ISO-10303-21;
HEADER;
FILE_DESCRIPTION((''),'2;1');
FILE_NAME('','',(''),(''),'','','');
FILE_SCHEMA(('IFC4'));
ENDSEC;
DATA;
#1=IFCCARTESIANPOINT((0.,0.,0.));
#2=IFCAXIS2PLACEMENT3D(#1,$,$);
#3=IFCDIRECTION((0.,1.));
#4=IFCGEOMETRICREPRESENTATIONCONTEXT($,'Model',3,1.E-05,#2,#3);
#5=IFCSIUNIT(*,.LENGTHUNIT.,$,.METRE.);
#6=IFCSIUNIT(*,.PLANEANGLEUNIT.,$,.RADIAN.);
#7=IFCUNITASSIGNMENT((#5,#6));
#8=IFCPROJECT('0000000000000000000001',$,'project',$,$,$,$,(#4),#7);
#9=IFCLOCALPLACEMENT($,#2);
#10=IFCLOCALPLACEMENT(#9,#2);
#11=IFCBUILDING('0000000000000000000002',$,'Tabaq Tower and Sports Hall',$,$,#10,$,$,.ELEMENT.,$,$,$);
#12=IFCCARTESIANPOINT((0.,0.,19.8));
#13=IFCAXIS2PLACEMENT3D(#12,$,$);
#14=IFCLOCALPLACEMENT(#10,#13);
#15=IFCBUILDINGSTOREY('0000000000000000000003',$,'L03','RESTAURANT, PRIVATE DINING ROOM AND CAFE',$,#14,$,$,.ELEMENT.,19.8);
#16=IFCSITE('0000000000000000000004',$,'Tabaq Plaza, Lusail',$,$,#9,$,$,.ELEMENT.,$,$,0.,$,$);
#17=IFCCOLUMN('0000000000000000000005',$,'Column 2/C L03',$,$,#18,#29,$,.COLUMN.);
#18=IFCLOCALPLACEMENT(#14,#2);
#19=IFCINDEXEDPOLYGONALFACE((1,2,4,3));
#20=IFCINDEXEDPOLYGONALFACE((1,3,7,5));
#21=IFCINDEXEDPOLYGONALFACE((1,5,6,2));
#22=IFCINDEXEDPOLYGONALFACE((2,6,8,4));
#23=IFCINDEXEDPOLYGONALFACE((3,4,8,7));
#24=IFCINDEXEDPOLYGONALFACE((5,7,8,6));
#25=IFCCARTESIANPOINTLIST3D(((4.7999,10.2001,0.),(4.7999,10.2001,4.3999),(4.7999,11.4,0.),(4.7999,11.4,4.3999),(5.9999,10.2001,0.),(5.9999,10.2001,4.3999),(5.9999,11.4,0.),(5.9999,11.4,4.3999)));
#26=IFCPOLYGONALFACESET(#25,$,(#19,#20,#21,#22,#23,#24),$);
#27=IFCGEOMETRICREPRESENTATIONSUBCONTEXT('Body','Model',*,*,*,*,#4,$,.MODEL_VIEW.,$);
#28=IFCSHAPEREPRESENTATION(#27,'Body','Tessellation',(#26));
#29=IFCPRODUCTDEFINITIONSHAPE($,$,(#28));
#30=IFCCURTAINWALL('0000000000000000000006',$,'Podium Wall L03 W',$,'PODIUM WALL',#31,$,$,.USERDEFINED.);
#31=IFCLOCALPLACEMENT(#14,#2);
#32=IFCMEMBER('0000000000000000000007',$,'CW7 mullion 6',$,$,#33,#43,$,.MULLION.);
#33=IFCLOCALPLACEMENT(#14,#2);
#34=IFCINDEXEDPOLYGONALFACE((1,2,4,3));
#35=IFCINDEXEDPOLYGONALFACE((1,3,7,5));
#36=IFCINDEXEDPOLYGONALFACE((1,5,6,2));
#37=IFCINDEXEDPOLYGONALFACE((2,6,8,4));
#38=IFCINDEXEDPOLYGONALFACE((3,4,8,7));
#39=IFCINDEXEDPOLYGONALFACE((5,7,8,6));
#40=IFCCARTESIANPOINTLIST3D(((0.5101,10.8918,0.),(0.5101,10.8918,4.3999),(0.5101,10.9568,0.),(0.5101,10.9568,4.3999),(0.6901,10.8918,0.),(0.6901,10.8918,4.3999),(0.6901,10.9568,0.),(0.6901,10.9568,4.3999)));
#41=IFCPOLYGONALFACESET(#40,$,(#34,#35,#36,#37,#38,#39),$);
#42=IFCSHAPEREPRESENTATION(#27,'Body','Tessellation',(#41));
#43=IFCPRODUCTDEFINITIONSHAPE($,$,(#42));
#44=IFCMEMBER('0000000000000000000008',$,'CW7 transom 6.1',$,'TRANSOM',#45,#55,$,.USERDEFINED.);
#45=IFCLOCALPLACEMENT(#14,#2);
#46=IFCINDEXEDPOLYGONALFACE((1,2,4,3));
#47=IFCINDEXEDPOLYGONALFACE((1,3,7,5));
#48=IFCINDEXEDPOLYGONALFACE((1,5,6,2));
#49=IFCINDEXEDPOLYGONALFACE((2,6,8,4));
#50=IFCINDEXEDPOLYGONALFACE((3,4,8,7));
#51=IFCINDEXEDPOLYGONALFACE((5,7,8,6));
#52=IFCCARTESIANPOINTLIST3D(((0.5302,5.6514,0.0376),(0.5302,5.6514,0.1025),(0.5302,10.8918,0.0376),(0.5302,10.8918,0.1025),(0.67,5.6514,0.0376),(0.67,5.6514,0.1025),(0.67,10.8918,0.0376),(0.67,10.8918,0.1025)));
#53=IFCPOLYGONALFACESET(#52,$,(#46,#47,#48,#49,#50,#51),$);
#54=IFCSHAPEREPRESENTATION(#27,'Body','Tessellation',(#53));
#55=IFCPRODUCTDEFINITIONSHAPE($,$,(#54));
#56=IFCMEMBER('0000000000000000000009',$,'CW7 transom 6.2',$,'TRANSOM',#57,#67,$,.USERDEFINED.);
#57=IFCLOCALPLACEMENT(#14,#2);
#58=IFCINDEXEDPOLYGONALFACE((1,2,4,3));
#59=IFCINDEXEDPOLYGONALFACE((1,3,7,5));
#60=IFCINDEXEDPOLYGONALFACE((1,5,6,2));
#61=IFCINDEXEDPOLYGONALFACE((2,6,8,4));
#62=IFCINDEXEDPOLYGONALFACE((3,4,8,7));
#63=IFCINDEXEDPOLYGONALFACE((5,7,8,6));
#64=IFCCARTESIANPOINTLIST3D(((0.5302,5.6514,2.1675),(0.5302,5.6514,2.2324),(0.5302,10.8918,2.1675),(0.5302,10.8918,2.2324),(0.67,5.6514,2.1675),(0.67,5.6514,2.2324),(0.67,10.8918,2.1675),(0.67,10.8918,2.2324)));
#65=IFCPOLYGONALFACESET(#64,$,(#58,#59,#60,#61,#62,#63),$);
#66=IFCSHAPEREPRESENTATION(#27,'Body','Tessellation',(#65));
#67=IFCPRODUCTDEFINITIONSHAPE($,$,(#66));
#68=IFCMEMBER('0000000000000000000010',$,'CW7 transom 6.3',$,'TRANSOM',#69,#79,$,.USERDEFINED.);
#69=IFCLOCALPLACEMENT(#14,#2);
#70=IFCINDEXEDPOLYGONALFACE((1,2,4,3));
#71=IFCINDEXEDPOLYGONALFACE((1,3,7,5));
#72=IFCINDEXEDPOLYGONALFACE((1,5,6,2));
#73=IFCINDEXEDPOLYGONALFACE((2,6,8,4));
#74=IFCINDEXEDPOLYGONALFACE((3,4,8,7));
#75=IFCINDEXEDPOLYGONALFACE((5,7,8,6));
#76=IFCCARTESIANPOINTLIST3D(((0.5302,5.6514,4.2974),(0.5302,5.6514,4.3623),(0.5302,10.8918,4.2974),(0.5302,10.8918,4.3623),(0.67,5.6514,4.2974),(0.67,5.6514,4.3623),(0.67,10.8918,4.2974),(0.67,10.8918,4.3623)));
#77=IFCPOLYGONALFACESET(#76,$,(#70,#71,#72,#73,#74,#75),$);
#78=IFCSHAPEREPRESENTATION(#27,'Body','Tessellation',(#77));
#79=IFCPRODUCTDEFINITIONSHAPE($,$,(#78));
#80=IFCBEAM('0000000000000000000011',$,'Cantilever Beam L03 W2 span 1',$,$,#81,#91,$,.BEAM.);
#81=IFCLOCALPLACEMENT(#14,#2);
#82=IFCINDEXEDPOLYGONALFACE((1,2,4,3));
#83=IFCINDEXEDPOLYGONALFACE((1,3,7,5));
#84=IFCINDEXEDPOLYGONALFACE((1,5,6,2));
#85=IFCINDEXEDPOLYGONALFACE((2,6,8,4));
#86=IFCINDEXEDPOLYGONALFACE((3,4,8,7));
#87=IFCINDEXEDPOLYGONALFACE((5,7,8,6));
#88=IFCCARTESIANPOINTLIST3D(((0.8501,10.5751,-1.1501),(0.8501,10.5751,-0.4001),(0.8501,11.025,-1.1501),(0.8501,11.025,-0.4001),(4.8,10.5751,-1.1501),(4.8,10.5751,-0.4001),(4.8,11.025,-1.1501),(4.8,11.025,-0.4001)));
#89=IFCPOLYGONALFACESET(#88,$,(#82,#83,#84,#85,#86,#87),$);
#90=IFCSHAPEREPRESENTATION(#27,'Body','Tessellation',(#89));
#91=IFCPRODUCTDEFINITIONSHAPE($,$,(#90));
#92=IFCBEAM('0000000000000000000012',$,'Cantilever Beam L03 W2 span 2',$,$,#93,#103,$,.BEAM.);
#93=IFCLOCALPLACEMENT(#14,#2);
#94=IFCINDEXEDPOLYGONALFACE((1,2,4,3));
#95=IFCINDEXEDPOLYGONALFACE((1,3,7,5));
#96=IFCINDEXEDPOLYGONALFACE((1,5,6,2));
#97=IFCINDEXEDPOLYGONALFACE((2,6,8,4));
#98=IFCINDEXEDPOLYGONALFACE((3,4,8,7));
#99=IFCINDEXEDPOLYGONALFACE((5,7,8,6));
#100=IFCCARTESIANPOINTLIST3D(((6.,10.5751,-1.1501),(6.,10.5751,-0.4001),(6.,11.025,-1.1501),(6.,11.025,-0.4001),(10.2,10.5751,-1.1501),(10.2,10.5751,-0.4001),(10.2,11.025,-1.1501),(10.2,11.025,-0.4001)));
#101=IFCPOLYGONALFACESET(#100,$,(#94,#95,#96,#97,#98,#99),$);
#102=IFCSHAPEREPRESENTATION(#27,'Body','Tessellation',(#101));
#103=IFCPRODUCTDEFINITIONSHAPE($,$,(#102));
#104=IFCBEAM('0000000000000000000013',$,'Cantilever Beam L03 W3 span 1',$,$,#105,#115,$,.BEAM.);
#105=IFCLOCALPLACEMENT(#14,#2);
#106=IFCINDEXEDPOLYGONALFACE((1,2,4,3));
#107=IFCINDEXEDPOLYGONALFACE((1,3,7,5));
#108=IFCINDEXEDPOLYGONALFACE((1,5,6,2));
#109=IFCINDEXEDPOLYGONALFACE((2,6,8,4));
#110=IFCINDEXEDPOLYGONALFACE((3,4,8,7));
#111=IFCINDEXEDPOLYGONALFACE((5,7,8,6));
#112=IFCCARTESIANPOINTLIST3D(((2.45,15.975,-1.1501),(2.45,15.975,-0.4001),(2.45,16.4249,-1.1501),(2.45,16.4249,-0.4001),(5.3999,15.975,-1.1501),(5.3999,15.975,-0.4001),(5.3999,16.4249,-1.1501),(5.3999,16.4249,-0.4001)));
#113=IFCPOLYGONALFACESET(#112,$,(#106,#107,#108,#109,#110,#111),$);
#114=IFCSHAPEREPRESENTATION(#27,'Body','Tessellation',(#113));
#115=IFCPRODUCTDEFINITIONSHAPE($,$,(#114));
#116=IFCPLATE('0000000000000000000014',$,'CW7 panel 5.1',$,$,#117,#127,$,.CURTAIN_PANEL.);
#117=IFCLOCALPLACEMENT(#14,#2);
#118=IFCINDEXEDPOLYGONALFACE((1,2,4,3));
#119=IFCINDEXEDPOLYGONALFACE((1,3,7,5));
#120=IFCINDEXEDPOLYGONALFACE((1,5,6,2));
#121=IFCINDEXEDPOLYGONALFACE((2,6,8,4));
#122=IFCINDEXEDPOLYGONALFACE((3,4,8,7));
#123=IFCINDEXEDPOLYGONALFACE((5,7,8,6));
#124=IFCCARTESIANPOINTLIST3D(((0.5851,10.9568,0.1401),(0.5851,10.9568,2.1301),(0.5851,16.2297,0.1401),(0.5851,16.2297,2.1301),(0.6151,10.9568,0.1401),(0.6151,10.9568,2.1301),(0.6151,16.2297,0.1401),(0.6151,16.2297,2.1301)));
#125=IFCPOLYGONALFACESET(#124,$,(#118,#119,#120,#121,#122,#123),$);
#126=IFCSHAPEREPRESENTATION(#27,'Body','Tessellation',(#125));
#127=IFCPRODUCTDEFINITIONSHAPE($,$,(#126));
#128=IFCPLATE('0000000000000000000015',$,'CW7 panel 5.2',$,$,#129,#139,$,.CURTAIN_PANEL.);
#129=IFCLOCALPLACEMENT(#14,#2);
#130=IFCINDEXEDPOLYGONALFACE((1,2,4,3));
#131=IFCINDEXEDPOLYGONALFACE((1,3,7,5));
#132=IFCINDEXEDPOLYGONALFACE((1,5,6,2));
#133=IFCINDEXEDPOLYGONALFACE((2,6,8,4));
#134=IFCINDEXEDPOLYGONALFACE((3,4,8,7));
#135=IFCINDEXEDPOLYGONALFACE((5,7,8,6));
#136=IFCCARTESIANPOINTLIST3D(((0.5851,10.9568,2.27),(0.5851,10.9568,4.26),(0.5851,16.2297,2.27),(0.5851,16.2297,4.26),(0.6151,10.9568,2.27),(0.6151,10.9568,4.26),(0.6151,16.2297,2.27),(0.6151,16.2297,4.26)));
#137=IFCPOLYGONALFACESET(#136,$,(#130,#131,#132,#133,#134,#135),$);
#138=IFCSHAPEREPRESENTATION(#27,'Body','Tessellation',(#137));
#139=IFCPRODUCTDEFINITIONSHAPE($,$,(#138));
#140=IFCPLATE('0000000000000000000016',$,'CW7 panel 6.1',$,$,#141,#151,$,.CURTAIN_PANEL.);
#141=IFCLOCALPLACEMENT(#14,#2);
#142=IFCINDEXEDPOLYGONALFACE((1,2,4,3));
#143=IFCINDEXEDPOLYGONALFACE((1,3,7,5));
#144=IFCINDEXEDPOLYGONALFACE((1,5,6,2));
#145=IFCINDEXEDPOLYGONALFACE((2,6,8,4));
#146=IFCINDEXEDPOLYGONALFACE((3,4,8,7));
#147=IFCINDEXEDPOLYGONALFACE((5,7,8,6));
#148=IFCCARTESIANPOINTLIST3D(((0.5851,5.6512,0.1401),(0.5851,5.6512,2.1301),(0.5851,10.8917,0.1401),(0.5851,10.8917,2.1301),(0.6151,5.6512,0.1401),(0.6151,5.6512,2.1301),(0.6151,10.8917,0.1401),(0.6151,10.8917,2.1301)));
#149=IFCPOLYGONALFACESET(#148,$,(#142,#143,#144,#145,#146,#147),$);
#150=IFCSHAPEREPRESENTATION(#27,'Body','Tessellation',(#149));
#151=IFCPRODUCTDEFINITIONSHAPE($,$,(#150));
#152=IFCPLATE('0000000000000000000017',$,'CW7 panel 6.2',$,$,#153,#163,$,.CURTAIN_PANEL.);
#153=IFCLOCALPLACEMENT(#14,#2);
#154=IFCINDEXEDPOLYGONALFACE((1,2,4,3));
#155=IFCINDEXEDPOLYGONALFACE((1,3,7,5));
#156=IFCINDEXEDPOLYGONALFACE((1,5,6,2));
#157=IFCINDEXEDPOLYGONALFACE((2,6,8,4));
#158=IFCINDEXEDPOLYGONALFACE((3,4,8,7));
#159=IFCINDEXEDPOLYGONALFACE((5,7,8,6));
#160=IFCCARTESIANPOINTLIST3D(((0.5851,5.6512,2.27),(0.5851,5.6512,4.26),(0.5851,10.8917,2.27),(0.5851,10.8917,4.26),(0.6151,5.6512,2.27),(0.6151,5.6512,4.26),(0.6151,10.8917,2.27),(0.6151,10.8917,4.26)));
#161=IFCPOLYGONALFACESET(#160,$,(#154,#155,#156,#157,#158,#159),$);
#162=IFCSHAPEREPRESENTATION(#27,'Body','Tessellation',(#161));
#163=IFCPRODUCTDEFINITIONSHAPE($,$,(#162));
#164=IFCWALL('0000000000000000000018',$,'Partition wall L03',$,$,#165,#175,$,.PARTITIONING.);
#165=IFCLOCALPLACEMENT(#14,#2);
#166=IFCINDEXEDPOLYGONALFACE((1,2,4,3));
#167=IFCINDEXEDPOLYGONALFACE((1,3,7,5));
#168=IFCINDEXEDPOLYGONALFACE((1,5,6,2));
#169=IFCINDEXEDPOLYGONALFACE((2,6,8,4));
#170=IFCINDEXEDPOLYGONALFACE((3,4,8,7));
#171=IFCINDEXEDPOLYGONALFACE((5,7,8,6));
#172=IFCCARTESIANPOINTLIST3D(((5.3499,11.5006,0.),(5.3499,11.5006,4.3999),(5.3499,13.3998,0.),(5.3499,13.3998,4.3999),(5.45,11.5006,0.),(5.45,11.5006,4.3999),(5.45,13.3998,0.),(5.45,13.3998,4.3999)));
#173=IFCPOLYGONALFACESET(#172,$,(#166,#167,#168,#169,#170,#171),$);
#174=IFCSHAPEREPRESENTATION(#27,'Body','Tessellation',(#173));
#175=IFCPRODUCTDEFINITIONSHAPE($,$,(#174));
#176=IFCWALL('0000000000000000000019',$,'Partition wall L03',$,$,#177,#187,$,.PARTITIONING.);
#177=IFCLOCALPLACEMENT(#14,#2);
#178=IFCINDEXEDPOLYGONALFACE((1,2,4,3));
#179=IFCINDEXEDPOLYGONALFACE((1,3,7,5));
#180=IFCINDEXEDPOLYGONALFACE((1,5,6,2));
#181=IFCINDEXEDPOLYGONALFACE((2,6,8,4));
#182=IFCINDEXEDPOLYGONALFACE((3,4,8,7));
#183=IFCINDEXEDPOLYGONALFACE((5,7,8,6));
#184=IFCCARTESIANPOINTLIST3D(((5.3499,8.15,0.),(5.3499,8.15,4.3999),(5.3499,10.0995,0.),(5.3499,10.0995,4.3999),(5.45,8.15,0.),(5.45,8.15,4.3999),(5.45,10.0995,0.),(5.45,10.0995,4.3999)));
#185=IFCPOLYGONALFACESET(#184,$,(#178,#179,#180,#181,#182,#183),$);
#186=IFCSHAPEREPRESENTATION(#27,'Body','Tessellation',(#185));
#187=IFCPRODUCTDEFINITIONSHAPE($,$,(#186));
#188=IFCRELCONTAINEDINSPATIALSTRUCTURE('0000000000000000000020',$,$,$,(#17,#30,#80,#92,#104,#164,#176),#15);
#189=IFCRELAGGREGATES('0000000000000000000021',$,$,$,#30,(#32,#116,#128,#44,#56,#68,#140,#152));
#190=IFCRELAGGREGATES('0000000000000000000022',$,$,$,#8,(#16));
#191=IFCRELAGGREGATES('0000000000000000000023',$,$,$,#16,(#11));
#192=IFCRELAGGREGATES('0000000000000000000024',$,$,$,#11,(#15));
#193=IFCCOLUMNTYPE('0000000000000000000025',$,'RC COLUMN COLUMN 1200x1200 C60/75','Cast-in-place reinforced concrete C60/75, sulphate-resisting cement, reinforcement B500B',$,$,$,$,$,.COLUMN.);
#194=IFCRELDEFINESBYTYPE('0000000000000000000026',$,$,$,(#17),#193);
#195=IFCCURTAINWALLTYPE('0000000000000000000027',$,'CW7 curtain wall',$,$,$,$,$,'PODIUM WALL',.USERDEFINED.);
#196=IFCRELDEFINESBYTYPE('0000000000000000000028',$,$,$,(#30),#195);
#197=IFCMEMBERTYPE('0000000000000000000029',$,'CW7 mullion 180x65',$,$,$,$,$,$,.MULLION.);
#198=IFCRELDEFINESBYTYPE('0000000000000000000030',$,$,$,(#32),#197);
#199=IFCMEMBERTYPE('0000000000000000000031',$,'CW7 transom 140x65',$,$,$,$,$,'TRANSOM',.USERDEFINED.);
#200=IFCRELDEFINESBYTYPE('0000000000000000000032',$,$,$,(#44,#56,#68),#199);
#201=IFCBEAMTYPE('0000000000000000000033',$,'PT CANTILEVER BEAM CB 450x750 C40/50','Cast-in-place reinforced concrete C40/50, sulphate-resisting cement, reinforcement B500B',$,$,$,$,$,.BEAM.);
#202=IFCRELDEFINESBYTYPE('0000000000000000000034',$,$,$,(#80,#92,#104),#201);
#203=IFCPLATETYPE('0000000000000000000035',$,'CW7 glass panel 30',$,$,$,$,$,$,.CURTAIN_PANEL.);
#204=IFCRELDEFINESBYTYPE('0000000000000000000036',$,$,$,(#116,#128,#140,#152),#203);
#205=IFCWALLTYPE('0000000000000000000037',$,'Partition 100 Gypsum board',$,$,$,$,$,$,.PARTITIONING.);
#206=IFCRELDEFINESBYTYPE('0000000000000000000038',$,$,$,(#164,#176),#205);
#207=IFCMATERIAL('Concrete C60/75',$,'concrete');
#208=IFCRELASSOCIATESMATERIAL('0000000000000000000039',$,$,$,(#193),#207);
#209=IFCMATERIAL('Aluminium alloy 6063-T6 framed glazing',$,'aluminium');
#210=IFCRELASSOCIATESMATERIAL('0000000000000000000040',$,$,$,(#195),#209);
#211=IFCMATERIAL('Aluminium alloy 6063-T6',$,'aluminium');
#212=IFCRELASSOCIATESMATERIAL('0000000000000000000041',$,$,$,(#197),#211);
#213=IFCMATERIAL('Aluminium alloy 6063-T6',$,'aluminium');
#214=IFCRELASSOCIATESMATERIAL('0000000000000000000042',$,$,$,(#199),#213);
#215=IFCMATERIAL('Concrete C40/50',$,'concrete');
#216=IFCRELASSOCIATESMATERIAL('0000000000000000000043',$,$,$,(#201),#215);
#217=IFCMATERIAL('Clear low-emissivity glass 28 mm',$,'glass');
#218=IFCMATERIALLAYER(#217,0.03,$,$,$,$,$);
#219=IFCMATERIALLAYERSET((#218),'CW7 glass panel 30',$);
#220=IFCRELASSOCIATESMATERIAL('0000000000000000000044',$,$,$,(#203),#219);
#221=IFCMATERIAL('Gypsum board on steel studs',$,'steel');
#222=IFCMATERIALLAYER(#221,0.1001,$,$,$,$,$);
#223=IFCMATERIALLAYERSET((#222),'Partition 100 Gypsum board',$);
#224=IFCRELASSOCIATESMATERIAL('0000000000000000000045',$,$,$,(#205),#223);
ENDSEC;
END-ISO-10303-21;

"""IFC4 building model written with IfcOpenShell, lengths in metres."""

from ifc_helpers import new_model, si_unit, direction, frame, frame_2d, origin, origin_2d, place, context, subcontext, project, spatial, rectangle, extrude, material, layer, layer_set, material_profile, profile_set, type_object, element, aggregate, save


model = new_model("IFC4")

# Units and contexts
model_context = context("Model", 3, precision=1e-05, world=origin(), true_north=direction((0.0, 1.0)))
body_context = subcontext(model_context, "Body", "Model", "MODEL_VIEW")
ifc_project = project(units=[si_unit("LENGTHUNIT", "METRE"), si_unit("PLANEANGLEUNIT", "RADIAN")], contexts=[model_context])

# Site, building, storey
site_placement = place(None, origin())
site = spatial("IfcSite", under=ifc_project, at=site_placement, Name="Tabaq Plaza, Lusail", CompositionType="ELEMENT", RefElevation=0.0)
building_placement = place(site_placement, origin())
building = spatial("IfcBuilding", under=site, at=building_placement, Name="Tabaq Tower and Sports Hall", CompositionType="ELEMENT")
storey_placement = place(building_placement, frame((0.0, 0.0, 19.8)))
storey = spatial("IfcBuildingStorey", under=building, at=storey_placement, Name="L03", Description="RESTAURANT, PRIVATE DINING ROOM AND CAFE", CompositionType="ELEMENT", Elevation=19.8)

# Column
ifc_material_1 = material(Name="Concrete C60/75", Category="concrete")
ifc_material_profile_1 = material_profile(ifc_material_1, rectangle(XDim=1.2, YDim=1.2, at=origin_2d()), Name="COLUMN 1200x1200")
ifc_profile_set_1 = profile_set([ifc_material_profile_1], Name="Concrete C60/75")
column_type = type_object("IfcColumnType", Name="RC COLUMN COLUMN 1200x1200 C60/75", Description="Cast-in-place reinforced concrete C60/75, sulphate-resisting cement, reinforcement B500B", PredefinedType="COLUMN", material=ifc_profile_set_1)
column_placement = place(storey_placement, frame((5.3999, 10.8, 0.0), z_axis=(0.0, 0.0, 1.0), x_axis=(1.0, 0.0, 0.0)))
element("IfcColumn", 1, at=column_placement, inside=storey, type_object=column_type, Name="Column 2/C L03", PredefinedType="COLUMN", context=body_context, shape_type="SweptSolid", body=[
    extrude(rectangle(XDim=1.2, YDim=1.2, at=origin_2d()), origin(), (0.0, 0.0, 1.0), 4.3999),
])

# Curtain wall, members
ifc_material_2 = material(Name="Aluminium alloy 6063-T6 framed glazing", Category="aluminium")
curtain_wall_type = type_object("IfcCurtainWallType", Name="CW7 curtain wall", ElementType="PODIUM WALL", PredefinedType="USERDEFINED", material=ifc_material_2)
curtain_wall_placement = place(storey_placement, origin())
curtain_wall = element("IfcCurtainWall", 2, at=curtain_wall_placement, inside=storey, type_object=curtain_wall_type, Name="Podium Wall L03 W", ObjectType="PODIUM WALL", PredefinedType="USERDEFINED")
ifc_material_3 = material(Name="Aluminium alloy 6063-T6", Category="aluminium")
ifc_material_profile_2 = material_profile(ifc_material_3, rectangle(XDim=0.1799, YDim=0.0649, at=origin_2d()), Name="MULLION 180x65")
ifc_profile_set_2 = profile_set([ifc_material_profile_2], Name="Aluminium alloy 6063-T6")
member_type_1 = type_object("IfcMemberType", Name="CW7 mullion 180x65", PredefinedType="MULLION", material=ifc_profile_set_2)
member_1_placement = place(storey_placement, frame((0.6001, 10.9243, 0.0), z_axis=(0.0, 0.0, 1.0), x_axis=(1.0, 0.0, 0.0)))
member_1 = element("IfcMember", 3, at=member_1_placement, type_object=member_type_1, Name="CW7 mullion 6", PredefinedType="MULLION", context=body_context, shape_type="SweptSolid", body=[
    extrude(rectangle(XDim=0.1799, YDim=0.0649, at=origin_2d()), origin(), (0.0, 0.0, 1.0), 4.3999),
])
ifc_material_4 = material(Name="Aluminium alloy 6063-T6", Category="aluminium")
ifc_material_profile_3 = material_profile(ifc_material_4, rectangle(XDim=0.1399, YDim=0.0649, at=origin_2d()), Name="TRANSOM 140x65")
ifc_profile_set_3 = profile_set([ifc_material_profile_3], Name="Aluminium alloy 6063-T6")
member_type_2 = type_object("IfcMemberType", Name="CW7 transom 140x65", ElementType="TRANSOM", PredefinedType="USERDEFINED", material=ifc_profile_set_3)
member_2_placement = place(storey_placement, frame((0.6001, 10.8918, 0.0701), z_axis=(0.0, -1.0, 0.0), x_axis=(1.0, 0.0, 0.0)))
member_2 = element("IfcMember", 4, at=member_2_placement, type_object=member_type_2, Name="CW7 transom 6.1", ObjectType="TRANSOM", PredefinedType="USERDEFINED", context=body_context, shape_type="SweptSolid", body=[
    extrude(rectangle(XDim=0.1399, YDim=0.0649, at=origin_2d()), origin(), (0.0, 0.0, 1.0), 5.2405),
])
member_3_placement = place(storey_placement, frame((0.6001, 10.8918, 2.2), z_axis=(0.0, -1.0, 0.0), x_axis=(1.0, 0.0, 0.0)))
member_3 = element("IfcMember", 5, at=member_3_placement, type_object=member_type_2, Name="CW7 transom 6.2", ObjectType="TRANSOM", PredefinedType="USERDEFINED", context=body_context, shape_type="SweptSolid", body=[
    extrude(rectangle(XDim=0.1399, YDim=0.0649, at=origin_2d()), origin(), (0.0, 0.0, 1.0), 5.2405),
])
member_4_placement = place(storey_placement, frame((0.6001, 10.8918, 4.3298), z_axis=(0.0, -1.0, 0.0), x_axis=(1.0, 0.0, 0.0)))
member_4 = element("IfcMember", 6, at=member_4_placement, type_object=member_type_2, Name="CW7 transom 6.3", ObjectType="TRANSOM", PredefinedType="USERDEFINED", context=body_context, shape_type="SweptSolid", body=[
    extrude(rectangle(XDim=0.1399, YDim=0.0649, at=origin_2d()), origin(), (0.0, 0.0, 1.0), 5.2405),
])

# Beams
ifc_material_5 = material(Name="Concrete C40/50", Category="concrete")
ifc_material_profile_4 = material_profile(ifc_material_5, rectangle(XDim=0.45, YDim=0.75, at=origin_2d()), Name="CB 450x750")
ifc_profile_set_4 = profile_set([ifc_material_profile_4], Name="Concrete C40/50")
beam_type = type_object("IfcBeamType", Name="PT CANTILEVER BEAM CB 450x750 C40/50", Description="Cast-in-place reinforced concrete C40/50, sulphate-resisting cement, reinforcement B500B", PredefinedType="BEAM", material=ifc_profile_set_4)
beam_1_placement = place(storey_placement, frame((0.8501, 10.8, -0.7751), z_axis=(1.0, 0.0, 0.0), x_axis=(0.0, 1.0, 0.0)))
element("IfcBeam", 7, at=beam_1_placement, inside=storey, type_object=beam_type, Name="Cantilever Beam L03 W2 span 1", PredefinedType="BEAM", context=body_context, shape_type="SweptSolid", body=[
    extrude(rectangle(XDim=0.45, YDim=0.75, at=origin_2d()), origin(), (0.0, 0.0, 1.0), 3.95),
])
beam_2_placement = place(storey_placement, frame((6.0, 10.8, -0.7751), z_axis=(1.0, 0.0, 0.0), x_axis=(0.0, 1.0, 0.0)))
element("IfcBeam", 8, at=beam_2_placement, inside=storey, type_object=beam_type, Name="Cantilever Beam L03 W2 span 2", PredefinedType="BEAM", context=body_context, shape_type="SweptSolid", body=[
    extrude(rectangle(XDim=0.45, YDim=0.75, at=origin_2d()), origin(), (0.0, 0.0, 1.0), 4.2),
])
beam_3_placement = place(storey_placement, frame((2.45, 16.2, -0.7751), z_axis=(1.0, 0.0, 0.0), x_axis=(0.0, 1.0, 0.0)))
element("IfcBeam", 9, at=beam_3_placement, inside=storey, type_object=beam_type, Name="Cantilever Beam L03 W3 span 1", PredefinedType="BEAM", context=body_context, shape_type="SweptSolid", body=[
    extrude(rectangle(XDim=0.45, YDim=0.75, at=origin_2d()), origin(), (0.0, 0.0, 1.0), 2.95),
])

# Plates
ifc_material_6 = material(Name="Clear low-emissivity glass 28 mm", Category="glass")
ifc_layer_1 = layer(ifc_material_6, 0.03)
ifc_layer_set_1 = layer_set([ifc_layer_1], Name="CW7 glass panel 30")
plate_type = type_object("IfcPlateType", Name="CW7 glass panel 30", PredefinedType="CURTAIN_PANEL", material=ifc_layer_set_1)
plate_1_placement = place(storey_placement, frame((0.6001, 13.5933, 0.1401), z_axis=(0.0, 0.0, 1.0), x_axis=(0.0, -1.0, 0.0)))
plate_1 = element("IfcPlate", 10, at=plate_1_placement, type_object=plate_type, Name="CW7 panel 5.1", PredefinedType="CURTAIN_PANEL", context=body_context, shape_type="SweptSolid", body=[
    extrude(rectangle(XDim=5.2729, YDim=0.03, at=origin_2d()), origin(), (0.0, 0.0, 1.0), 1.99),
])
plate_2_placement = place(storey_placement, frame((0.6001, 13.5933, 2.27), z_axis=(0.0, 0.0, 1.0), x_axis=(0.0, -1.0, 0.0)))
plate_2 = element("IfcPlate", 11, at=plate_2_placement, type_object=plate_type, Name="CW7 panel 5.2", PredefinedType="CURTAIN_PANEL", context=body_context, shape_type="SweptSolid", body=[
    extrude(rectangle(XDim=5.2729, YDim=0.03, at=origin_2d()), origin(), (0.0, 0.0, 1.0), 1.99),
])
plate_3_placement = place(storey_placement, frame((0.6001, 8.2715, 0.1401), z_axis=(0.0, 0.0, 1.0), x_axis=(0.0, -1.0, 0.0)))
plate_3 = element("IfcPlate", 12, at=plate_3_placement, type_object=plate_type, Name="CW7 panel 6.1", PredefinedType="CURTAIN_PANEL", context=body_context, shape_type="SweptSolid", body=[
    extrude(rectangle(XDim=5.2405, YDim=0.03, at=origin_2d()), origin(), (0.0, 0.0, 1.0), 1.99),
])
plate_4_placement = place(storey_placement, frame((0.6001, 8.2715, 2.27), z_axis=(0.0, 0.0, 1.0), x_axis=(0.0, -1.0, 0.0)))
plate_4 = element("IfcPlate", 13, at=plate_4_placement, type_object=plate_type, Name="CW7 panel 6.2", PredefinedType="CURTAIN_PANEL", context=body_context, shape_type="SweptSolid", body=[
    extrude(rectangle(XDim=5.2405, YDim=0.03, at=origin_2d()), origin(), (0.0, 0.0, 1.0), 1.99),
])
aggregate(curtain_wall, [member_1, plate_1, plate_2, member_2, member_3, member_4, plate_3, plate_4])

# Walls
ifc_material_7 = material(Name="Gypsum board on steel studs", Category="steel")
ifc_layer_2 = layer(ifc_material_7, 0.1001)
ifc_layer_set_2 = layer_set([ifc_layer_2], Name="Partition 100 Gypsum board")
wall_type_1 = type_object("IfcWallType", Name="Partition 100 Gypsum board", PredefinedType="PARTITIONING", material=ifc_layer_set_2)
wall_1_placement = place(storey_placement, frame((5.3999, 13.3999, 0.0), z_axis=(0.0, 0.0, 1.0), x_axis=(0.0, -1.0, 0.0)))
element("IfcWall", 14, at=wall_1_placement, inside=storey, type_object=wall_type_1, Name="Partition wall L03", PredefinedType="PARTITIONING", context=body_context, shape_type="SweptSolid", body=[
    extrude(rectangle(XDim=1.8992, YDim=0.1001, at=frame_2d((0.9497, 0.0))), origin(), (0.0, 0.0, 1.0), 4.3999),
])
wall_2_placement = place(storey_placement, frame((5.3999, 10.0994, 0.0), z_axis=(0.0, 0.0, 1.0), x_axis=(0.0, -1.0, 0.0)))
element("IfcWall", 15, at=wall_2_placement, inside=storey, type_object=wall_type_1, Name="Partition wall L03", PredefinedType="PARTITIONING", context=body_context, shape_type="SweptSolid", body=[
    extrude(rectangle(XDim=1.9495, YDim=0.1001, at=frame_2d((0.9746, 0.0))), origin(), (0.0, 0.0, 1.0), 4.3999),
])

save(model, "model.ifc")
